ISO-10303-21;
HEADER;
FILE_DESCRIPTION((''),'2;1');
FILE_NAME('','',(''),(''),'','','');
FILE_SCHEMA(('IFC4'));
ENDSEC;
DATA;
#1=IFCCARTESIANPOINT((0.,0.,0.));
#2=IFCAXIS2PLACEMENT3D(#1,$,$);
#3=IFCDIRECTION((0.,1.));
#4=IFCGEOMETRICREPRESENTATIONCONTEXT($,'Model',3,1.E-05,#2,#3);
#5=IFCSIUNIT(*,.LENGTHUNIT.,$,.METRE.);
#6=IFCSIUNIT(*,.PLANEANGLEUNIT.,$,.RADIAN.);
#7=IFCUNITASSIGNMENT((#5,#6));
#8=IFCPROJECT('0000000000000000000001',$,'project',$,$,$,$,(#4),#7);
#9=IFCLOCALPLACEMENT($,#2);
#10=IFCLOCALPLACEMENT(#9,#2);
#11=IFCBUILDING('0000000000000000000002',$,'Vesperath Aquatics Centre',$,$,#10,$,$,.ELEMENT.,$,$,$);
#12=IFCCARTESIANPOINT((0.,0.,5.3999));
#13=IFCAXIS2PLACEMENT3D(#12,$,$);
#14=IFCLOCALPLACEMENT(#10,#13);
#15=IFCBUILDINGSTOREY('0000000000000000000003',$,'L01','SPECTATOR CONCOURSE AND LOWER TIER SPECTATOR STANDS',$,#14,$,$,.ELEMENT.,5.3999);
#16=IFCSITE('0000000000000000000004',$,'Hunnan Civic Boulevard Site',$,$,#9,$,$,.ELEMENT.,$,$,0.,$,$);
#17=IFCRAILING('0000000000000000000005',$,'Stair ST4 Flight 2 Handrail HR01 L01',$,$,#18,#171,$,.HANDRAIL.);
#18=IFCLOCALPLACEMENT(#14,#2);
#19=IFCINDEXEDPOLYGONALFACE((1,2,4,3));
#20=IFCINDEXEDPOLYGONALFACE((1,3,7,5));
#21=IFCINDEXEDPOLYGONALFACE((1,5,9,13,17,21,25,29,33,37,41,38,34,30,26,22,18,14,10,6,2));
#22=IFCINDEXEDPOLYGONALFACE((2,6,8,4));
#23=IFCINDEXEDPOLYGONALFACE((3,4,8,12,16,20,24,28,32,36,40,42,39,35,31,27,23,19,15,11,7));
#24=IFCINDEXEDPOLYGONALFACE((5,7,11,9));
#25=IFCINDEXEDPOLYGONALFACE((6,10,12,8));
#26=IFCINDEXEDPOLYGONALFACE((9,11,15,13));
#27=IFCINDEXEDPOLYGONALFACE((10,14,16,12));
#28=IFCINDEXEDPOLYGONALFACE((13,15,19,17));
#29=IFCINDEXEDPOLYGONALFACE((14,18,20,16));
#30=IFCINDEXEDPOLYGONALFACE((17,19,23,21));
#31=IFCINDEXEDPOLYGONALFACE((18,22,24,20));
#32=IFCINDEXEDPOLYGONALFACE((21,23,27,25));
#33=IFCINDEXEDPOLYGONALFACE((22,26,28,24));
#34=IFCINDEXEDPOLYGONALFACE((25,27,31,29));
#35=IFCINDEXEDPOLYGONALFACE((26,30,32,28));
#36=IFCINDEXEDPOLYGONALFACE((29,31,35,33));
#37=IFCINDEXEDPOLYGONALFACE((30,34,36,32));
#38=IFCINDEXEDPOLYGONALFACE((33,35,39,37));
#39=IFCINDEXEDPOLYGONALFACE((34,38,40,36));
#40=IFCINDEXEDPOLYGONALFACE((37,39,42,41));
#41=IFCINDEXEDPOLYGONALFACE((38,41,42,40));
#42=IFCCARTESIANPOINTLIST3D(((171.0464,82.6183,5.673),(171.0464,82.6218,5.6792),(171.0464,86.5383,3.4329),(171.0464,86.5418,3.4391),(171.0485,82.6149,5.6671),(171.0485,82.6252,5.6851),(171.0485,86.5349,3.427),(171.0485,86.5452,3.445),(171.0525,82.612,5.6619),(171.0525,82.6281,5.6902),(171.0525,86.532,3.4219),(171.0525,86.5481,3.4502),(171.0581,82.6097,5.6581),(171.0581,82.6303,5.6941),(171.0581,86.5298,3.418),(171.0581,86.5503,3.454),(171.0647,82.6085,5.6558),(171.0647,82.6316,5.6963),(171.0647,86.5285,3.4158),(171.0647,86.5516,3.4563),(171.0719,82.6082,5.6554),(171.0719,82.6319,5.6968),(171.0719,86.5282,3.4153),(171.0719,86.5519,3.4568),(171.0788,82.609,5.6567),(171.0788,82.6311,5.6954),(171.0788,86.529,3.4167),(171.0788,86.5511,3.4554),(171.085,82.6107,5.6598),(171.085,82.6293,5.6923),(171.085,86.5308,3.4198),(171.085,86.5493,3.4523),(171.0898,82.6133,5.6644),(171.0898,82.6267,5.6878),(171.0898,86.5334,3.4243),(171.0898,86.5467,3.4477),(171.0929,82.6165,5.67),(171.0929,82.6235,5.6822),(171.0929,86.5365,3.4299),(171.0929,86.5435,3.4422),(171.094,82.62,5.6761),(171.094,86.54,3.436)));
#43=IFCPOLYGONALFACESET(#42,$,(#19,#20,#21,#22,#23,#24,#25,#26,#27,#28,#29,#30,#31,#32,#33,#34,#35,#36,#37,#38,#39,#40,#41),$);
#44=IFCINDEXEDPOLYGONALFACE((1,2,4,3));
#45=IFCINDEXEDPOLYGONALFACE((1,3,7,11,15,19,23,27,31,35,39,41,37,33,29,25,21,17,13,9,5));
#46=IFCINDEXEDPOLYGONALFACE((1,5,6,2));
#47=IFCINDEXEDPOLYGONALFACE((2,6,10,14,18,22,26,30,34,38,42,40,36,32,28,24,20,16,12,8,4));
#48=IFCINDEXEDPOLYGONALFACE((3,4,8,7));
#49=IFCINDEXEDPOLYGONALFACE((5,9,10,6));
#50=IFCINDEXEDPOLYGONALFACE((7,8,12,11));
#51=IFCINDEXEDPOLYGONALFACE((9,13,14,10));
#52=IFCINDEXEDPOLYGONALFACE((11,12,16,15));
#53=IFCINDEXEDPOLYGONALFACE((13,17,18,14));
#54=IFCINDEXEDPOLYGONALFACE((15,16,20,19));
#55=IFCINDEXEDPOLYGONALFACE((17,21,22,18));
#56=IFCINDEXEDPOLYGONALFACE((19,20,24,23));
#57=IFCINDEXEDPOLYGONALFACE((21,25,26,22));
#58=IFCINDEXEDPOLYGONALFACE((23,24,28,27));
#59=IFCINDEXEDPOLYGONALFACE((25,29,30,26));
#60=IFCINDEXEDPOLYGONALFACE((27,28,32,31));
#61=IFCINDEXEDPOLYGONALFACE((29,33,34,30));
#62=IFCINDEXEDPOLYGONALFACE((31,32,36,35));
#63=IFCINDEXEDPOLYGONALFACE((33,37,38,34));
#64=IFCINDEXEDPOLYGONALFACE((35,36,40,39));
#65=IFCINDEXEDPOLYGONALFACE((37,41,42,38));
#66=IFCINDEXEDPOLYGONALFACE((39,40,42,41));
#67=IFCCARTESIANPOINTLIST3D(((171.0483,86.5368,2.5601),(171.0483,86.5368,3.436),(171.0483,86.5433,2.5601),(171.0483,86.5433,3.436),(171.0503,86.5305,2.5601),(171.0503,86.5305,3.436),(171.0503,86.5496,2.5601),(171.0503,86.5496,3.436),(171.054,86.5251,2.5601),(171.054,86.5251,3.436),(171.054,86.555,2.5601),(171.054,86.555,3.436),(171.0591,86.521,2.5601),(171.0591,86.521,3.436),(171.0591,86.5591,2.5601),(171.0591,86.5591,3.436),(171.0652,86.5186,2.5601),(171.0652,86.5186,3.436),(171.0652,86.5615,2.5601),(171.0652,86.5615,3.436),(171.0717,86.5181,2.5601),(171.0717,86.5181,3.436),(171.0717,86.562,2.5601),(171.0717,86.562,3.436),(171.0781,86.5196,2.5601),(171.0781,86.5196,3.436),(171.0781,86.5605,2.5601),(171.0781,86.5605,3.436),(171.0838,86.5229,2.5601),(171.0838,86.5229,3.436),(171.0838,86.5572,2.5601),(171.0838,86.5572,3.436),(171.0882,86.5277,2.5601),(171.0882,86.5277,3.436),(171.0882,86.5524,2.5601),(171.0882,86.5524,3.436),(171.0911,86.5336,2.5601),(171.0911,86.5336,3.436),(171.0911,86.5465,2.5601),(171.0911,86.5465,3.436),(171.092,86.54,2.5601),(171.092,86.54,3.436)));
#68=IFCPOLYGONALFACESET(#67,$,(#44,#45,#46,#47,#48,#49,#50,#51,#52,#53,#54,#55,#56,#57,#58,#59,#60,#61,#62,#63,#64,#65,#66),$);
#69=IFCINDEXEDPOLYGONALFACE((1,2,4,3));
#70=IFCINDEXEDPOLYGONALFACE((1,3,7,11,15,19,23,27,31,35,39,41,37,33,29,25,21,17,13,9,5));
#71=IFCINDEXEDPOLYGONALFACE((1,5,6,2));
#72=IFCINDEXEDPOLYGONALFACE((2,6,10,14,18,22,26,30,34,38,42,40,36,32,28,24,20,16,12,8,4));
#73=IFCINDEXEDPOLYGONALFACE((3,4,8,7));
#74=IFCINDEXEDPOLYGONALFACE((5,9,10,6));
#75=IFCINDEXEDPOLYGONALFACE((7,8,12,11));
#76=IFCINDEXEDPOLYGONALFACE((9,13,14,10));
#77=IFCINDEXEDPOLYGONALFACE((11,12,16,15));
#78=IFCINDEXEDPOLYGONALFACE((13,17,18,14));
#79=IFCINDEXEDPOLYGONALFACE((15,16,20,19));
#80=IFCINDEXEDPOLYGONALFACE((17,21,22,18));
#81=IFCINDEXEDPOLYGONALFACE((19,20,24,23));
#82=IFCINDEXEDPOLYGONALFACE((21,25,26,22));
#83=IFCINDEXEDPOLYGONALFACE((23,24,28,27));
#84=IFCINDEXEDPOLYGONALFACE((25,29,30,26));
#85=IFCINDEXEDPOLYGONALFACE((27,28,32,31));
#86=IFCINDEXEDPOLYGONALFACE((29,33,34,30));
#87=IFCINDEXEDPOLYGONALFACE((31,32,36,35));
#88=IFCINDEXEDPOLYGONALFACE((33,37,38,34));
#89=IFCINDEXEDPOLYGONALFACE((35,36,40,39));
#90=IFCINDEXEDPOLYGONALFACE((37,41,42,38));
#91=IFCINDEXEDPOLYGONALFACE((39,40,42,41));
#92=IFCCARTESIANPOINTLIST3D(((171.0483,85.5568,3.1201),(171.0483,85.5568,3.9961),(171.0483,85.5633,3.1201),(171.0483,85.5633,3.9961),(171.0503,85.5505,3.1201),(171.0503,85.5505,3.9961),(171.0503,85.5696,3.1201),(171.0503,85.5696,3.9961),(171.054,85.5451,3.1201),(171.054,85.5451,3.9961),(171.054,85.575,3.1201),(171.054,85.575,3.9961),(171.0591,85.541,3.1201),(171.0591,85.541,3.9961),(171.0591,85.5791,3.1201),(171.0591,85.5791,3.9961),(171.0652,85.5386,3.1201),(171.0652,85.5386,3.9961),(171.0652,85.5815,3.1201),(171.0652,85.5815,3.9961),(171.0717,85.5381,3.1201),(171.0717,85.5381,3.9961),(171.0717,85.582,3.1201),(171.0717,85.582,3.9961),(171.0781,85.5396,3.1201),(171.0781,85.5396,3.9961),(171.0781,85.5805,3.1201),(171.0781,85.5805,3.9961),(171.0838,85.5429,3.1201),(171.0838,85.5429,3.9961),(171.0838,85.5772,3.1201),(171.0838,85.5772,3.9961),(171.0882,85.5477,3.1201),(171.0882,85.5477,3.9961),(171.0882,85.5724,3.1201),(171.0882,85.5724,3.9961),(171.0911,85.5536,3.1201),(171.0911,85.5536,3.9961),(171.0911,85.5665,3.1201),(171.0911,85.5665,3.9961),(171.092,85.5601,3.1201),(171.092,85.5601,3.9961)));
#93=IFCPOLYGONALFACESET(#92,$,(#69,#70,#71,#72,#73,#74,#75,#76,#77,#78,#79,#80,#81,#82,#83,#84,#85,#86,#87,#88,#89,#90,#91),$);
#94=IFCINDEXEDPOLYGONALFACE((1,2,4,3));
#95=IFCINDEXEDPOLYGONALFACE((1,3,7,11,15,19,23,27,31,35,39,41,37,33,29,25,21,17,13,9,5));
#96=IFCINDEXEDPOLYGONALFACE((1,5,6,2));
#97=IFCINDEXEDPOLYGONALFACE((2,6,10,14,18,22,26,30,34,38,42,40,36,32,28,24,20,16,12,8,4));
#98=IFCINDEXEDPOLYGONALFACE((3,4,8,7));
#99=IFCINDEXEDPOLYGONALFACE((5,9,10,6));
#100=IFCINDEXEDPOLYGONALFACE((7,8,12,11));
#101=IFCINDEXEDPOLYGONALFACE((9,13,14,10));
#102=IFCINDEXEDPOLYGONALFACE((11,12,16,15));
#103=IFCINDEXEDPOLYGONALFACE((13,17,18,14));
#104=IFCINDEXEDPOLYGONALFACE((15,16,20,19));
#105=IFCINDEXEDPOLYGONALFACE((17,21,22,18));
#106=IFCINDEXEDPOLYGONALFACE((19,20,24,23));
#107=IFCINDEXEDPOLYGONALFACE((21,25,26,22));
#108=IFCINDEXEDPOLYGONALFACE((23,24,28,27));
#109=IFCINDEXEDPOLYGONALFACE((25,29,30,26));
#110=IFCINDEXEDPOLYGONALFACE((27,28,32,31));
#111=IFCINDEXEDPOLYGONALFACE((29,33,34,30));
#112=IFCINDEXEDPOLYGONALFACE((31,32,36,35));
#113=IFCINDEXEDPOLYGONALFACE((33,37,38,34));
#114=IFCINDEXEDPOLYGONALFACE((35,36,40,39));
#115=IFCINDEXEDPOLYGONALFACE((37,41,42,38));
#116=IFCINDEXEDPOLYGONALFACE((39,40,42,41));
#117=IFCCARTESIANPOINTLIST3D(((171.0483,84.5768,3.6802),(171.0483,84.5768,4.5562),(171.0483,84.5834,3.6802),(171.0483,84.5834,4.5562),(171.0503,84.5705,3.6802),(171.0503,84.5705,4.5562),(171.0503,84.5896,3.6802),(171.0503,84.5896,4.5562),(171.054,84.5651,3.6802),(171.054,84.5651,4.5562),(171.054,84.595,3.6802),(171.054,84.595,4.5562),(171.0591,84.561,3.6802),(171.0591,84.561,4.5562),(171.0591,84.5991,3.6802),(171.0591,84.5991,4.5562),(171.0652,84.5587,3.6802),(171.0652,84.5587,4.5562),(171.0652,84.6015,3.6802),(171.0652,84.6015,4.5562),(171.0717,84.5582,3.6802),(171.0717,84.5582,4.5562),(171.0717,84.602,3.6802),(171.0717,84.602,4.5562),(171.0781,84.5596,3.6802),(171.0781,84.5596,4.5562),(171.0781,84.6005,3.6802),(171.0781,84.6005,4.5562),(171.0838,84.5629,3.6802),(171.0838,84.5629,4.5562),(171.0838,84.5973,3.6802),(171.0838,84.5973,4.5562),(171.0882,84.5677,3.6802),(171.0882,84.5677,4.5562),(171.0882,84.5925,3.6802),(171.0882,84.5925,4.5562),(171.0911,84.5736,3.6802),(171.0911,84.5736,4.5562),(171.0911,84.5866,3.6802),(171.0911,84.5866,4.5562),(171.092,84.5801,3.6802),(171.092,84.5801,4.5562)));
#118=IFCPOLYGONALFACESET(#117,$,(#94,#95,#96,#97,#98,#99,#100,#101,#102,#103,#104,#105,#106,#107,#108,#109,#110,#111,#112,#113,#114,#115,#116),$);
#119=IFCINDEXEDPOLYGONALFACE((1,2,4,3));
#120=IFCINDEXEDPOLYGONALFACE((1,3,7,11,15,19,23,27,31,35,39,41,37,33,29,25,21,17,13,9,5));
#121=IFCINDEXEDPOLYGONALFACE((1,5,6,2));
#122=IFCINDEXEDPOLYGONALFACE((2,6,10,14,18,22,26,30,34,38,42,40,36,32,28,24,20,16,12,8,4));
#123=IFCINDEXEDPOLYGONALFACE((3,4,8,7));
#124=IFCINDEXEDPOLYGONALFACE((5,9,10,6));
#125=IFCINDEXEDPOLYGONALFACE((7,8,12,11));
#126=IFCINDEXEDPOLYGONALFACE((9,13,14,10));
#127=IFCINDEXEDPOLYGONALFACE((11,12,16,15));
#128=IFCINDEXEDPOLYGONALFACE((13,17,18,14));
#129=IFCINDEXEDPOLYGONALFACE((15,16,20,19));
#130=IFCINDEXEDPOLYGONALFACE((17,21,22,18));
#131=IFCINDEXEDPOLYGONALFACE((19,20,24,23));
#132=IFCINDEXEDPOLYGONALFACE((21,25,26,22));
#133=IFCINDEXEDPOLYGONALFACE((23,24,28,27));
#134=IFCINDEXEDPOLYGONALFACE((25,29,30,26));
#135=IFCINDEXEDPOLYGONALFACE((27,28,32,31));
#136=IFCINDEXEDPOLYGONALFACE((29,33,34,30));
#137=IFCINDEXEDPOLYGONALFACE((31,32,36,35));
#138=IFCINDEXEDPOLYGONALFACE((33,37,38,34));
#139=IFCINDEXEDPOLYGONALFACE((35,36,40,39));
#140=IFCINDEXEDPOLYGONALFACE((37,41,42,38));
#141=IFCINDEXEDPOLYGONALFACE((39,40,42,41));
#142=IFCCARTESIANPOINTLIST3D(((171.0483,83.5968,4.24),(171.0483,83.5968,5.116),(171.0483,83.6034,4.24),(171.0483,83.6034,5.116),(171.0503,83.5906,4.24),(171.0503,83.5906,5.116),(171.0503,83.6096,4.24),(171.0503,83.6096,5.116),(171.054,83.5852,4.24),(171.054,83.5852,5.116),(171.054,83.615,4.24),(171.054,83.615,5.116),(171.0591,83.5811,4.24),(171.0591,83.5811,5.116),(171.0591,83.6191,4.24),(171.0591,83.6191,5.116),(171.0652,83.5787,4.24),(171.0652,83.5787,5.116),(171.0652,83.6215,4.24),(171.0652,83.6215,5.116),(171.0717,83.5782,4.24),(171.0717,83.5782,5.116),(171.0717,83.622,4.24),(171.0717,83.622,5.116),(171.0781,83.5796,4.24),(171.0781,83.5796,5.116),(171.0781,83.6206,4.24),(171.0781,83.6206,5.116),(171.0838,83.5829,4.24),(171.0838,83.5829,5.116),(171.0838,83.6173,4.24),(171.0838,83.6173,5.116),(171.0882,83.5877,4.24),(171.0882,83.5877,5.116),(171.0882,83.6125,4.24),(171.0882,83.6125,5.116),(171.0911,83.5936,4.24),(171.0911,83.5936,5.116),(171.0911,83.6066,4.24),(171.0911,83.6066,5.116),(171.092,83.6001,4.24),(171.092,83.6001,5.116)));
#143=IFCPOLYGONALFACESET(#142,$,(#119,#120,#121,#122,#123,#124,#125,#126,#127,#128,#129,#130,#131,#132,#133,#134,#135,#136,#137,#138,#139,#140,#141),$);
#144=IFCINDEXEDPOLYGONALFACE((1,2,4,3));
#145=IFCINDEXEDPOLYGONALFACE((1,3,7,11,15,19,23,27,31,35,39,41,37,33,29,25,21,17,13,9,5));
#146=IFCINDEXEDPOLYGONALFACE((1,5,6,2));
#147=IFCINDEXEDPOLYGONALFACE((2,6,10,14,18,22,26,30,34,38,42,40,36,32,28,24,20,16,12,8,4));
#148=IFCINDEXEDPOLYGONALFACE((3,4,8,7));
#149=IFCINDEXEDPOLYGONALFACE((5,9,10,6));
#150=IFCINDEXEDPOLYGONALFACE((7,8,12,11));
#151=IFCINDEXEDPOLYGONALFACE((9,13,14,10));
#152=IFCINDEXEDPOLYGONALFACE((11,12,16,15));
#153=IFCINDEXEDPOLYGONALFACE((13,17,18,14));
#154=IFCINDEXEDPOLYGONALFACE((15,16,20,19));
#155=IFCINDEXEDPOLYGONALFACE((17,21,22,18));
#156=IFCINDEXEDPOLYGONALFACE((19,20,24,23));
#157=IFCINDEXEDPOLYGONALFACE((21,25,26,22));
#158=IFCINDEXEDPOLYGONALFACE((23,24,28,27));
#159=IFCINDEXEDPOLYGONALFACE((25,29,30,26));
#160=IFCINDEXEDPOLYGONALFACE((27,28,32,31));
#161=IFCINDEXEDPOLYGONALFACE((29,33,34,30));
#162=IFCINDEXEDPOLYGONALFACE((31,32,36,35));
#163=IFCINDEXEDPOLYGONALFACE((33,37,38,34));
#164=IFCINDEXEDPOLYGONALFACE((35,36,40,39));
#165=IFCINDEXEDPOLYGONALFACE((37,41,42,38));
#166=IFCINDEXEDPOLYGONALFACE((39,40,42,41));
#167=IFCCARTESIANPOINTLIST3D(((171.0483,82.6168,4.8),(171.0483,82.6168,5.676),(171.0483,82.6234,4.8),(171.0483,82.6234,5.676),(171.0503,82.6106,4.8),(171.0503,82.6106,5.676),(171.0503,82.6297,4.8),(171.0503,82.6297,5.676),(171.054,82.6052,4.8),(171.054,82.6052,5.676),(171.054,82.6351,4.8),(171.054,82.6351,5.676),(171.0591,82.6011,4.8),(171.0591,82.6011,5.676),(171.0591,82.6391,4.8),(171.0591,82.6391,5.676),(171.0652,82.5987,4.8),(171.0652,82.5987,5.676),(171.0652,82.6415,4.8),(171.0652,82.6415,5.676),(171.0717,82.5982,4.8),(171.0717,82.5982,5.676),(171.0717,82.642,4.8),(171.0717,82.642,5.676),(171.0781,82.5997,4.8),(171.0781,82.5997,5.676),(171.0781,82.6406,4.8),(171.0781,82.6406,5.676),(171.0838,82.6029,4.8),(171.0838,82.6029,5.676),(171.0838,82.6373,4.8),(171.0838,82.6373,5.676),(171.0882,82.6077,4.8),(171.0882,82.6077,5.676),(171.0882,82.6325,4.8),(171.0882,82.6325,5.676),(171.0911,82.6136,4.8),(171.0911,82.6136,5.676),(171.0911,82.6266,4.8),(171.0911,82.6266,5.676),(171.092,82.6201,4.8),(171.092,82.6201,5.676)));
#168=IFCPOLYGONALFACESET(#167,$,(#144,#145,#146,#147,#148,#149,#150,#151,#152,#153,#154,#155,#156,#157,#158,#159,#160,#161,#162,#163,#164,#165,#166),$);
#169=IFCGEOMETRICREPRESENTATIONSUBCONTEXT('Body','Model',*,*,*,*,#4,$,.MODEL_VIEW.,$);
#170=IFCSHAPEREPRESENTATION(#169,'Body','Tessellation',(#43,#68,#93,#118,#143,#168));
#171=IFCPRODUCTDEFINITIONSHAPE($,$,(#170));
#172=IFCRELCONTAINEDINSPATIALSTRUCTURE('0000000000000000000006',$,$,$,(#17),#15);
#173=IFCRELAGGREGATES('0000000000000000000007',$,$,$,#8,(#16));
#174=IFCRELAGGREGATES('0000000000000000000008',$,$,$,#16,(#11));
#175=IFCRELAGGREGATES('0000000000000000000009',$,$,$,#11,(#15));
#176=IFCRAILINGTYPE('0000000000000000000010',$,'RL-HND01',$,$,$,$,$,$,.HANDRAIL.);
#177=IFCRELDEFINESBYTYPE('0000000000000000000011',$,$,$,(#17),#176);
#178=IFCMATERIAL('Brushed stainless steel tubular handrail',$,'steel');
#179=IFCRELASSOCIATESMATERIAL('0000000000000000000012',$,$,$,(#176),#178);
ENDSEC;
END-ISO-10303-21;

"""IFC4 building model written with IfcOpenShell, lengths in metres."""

from ifc_helpers import new_model, si_unit, direction, frame, origin, origin_2d, place, context, subcontext, project, spatial, circle, extrude, material, type_object, element, save


model = new_model("IFC4")

# Units and contexts
model_context = context("Model", 3, precision=1e-05, world=origin(), true_north=direction((0.0, 1.0)))
body_context = subcontext(model_context, "Body", "Model", "MODEL_VIEW")
ifc_project = project(units=[si_unit("LENGTHUNIT", "METRE"), si_unit("PLANEANGLEUNIT", "RADIAN")], contexts=[model_context])

# Site, building, storey
site_placement = place(None, origin())
site = spatial("IfcSite", under=ifc_project, at=site_placement, Name="Hunnan Civic Boulevard Site", CompositionType="ELEMENT", RefElevation=0.0)
building_placement = place(site_placement, origin())
building = spatial("IfcBuilding", under=site, at=building_placement, Name="Vesperath Aquatics Centre", CompositionType="ELEMENT")
storey_placement = place(building_placement, frame((0.0, 0.0, 5.3999)))
storey = spatial("IfcBuildingStorey", under=building, at=storey_placement, Name="L01", Description="SPECTATOR CONCOURSE AND LOWER TIER SPECTATOR STANDS", CompositionType="ELEMENT", Elevation=5.3999)

# Railing
ifc_material_1 = material(Name="Brushed stainless steel tubular handrail", Category="steel")
railing_type_1 = type_object("IfcRailingType", Name="RL-HND01", PredefinedType="HANDRAIL", material=ifc_material_1)
railing_1_placement = place(storey_placement, frame((171.0701, 86.54, 2.5601)))
element("IfcRailing", 1, at=railing_1_placement, inside=storey, type_object=railing_type_1, Name="Stair ST4 Flight 2 Handrail HR01 L01", PredefinedType="HANDRAIL", context=body_context, shape_type="SweptSolid", body=[
    extrude(circle(Radius=0.0239, at=origin_2d()), frame((0.0, 0.0, 0.876), z_axis=(0.0, -0.86824, 0.496145), x_axis=(1.0, 0.0, 0.0)), (0.0, 0.0, 1.0), 4.5149),
    extrude(circle(Radius=0.022, at=origin_2d()), origin(), (0.0, 0.0, 1.0), 0.876),
    extrude(circle(Radius=0.022, at=origin_2d()), frame((0.0, -0.98, 0.5601)), (0.0, 0.0, 1.0), 0.876),
    extrude(circle(Radius=0.022, at=origin_2d()), frame((0.0, -1.96, 1.1201)), (0.0, 0.0, 1.0), 0.876),
    extrude(circle(Radius=0.022, at=origin_2d()), frame((0.0, -2.9399, 1.6799)), (0.0, 0.0, 1.0), 0.876),
    extrude(circle(Radius=0.022, at=origin_2d()), frame((0.0, -3.9199, 2.24)), (0.0, 0.0, 1.0), 0.876),
])

save(model, "model.ifc")
